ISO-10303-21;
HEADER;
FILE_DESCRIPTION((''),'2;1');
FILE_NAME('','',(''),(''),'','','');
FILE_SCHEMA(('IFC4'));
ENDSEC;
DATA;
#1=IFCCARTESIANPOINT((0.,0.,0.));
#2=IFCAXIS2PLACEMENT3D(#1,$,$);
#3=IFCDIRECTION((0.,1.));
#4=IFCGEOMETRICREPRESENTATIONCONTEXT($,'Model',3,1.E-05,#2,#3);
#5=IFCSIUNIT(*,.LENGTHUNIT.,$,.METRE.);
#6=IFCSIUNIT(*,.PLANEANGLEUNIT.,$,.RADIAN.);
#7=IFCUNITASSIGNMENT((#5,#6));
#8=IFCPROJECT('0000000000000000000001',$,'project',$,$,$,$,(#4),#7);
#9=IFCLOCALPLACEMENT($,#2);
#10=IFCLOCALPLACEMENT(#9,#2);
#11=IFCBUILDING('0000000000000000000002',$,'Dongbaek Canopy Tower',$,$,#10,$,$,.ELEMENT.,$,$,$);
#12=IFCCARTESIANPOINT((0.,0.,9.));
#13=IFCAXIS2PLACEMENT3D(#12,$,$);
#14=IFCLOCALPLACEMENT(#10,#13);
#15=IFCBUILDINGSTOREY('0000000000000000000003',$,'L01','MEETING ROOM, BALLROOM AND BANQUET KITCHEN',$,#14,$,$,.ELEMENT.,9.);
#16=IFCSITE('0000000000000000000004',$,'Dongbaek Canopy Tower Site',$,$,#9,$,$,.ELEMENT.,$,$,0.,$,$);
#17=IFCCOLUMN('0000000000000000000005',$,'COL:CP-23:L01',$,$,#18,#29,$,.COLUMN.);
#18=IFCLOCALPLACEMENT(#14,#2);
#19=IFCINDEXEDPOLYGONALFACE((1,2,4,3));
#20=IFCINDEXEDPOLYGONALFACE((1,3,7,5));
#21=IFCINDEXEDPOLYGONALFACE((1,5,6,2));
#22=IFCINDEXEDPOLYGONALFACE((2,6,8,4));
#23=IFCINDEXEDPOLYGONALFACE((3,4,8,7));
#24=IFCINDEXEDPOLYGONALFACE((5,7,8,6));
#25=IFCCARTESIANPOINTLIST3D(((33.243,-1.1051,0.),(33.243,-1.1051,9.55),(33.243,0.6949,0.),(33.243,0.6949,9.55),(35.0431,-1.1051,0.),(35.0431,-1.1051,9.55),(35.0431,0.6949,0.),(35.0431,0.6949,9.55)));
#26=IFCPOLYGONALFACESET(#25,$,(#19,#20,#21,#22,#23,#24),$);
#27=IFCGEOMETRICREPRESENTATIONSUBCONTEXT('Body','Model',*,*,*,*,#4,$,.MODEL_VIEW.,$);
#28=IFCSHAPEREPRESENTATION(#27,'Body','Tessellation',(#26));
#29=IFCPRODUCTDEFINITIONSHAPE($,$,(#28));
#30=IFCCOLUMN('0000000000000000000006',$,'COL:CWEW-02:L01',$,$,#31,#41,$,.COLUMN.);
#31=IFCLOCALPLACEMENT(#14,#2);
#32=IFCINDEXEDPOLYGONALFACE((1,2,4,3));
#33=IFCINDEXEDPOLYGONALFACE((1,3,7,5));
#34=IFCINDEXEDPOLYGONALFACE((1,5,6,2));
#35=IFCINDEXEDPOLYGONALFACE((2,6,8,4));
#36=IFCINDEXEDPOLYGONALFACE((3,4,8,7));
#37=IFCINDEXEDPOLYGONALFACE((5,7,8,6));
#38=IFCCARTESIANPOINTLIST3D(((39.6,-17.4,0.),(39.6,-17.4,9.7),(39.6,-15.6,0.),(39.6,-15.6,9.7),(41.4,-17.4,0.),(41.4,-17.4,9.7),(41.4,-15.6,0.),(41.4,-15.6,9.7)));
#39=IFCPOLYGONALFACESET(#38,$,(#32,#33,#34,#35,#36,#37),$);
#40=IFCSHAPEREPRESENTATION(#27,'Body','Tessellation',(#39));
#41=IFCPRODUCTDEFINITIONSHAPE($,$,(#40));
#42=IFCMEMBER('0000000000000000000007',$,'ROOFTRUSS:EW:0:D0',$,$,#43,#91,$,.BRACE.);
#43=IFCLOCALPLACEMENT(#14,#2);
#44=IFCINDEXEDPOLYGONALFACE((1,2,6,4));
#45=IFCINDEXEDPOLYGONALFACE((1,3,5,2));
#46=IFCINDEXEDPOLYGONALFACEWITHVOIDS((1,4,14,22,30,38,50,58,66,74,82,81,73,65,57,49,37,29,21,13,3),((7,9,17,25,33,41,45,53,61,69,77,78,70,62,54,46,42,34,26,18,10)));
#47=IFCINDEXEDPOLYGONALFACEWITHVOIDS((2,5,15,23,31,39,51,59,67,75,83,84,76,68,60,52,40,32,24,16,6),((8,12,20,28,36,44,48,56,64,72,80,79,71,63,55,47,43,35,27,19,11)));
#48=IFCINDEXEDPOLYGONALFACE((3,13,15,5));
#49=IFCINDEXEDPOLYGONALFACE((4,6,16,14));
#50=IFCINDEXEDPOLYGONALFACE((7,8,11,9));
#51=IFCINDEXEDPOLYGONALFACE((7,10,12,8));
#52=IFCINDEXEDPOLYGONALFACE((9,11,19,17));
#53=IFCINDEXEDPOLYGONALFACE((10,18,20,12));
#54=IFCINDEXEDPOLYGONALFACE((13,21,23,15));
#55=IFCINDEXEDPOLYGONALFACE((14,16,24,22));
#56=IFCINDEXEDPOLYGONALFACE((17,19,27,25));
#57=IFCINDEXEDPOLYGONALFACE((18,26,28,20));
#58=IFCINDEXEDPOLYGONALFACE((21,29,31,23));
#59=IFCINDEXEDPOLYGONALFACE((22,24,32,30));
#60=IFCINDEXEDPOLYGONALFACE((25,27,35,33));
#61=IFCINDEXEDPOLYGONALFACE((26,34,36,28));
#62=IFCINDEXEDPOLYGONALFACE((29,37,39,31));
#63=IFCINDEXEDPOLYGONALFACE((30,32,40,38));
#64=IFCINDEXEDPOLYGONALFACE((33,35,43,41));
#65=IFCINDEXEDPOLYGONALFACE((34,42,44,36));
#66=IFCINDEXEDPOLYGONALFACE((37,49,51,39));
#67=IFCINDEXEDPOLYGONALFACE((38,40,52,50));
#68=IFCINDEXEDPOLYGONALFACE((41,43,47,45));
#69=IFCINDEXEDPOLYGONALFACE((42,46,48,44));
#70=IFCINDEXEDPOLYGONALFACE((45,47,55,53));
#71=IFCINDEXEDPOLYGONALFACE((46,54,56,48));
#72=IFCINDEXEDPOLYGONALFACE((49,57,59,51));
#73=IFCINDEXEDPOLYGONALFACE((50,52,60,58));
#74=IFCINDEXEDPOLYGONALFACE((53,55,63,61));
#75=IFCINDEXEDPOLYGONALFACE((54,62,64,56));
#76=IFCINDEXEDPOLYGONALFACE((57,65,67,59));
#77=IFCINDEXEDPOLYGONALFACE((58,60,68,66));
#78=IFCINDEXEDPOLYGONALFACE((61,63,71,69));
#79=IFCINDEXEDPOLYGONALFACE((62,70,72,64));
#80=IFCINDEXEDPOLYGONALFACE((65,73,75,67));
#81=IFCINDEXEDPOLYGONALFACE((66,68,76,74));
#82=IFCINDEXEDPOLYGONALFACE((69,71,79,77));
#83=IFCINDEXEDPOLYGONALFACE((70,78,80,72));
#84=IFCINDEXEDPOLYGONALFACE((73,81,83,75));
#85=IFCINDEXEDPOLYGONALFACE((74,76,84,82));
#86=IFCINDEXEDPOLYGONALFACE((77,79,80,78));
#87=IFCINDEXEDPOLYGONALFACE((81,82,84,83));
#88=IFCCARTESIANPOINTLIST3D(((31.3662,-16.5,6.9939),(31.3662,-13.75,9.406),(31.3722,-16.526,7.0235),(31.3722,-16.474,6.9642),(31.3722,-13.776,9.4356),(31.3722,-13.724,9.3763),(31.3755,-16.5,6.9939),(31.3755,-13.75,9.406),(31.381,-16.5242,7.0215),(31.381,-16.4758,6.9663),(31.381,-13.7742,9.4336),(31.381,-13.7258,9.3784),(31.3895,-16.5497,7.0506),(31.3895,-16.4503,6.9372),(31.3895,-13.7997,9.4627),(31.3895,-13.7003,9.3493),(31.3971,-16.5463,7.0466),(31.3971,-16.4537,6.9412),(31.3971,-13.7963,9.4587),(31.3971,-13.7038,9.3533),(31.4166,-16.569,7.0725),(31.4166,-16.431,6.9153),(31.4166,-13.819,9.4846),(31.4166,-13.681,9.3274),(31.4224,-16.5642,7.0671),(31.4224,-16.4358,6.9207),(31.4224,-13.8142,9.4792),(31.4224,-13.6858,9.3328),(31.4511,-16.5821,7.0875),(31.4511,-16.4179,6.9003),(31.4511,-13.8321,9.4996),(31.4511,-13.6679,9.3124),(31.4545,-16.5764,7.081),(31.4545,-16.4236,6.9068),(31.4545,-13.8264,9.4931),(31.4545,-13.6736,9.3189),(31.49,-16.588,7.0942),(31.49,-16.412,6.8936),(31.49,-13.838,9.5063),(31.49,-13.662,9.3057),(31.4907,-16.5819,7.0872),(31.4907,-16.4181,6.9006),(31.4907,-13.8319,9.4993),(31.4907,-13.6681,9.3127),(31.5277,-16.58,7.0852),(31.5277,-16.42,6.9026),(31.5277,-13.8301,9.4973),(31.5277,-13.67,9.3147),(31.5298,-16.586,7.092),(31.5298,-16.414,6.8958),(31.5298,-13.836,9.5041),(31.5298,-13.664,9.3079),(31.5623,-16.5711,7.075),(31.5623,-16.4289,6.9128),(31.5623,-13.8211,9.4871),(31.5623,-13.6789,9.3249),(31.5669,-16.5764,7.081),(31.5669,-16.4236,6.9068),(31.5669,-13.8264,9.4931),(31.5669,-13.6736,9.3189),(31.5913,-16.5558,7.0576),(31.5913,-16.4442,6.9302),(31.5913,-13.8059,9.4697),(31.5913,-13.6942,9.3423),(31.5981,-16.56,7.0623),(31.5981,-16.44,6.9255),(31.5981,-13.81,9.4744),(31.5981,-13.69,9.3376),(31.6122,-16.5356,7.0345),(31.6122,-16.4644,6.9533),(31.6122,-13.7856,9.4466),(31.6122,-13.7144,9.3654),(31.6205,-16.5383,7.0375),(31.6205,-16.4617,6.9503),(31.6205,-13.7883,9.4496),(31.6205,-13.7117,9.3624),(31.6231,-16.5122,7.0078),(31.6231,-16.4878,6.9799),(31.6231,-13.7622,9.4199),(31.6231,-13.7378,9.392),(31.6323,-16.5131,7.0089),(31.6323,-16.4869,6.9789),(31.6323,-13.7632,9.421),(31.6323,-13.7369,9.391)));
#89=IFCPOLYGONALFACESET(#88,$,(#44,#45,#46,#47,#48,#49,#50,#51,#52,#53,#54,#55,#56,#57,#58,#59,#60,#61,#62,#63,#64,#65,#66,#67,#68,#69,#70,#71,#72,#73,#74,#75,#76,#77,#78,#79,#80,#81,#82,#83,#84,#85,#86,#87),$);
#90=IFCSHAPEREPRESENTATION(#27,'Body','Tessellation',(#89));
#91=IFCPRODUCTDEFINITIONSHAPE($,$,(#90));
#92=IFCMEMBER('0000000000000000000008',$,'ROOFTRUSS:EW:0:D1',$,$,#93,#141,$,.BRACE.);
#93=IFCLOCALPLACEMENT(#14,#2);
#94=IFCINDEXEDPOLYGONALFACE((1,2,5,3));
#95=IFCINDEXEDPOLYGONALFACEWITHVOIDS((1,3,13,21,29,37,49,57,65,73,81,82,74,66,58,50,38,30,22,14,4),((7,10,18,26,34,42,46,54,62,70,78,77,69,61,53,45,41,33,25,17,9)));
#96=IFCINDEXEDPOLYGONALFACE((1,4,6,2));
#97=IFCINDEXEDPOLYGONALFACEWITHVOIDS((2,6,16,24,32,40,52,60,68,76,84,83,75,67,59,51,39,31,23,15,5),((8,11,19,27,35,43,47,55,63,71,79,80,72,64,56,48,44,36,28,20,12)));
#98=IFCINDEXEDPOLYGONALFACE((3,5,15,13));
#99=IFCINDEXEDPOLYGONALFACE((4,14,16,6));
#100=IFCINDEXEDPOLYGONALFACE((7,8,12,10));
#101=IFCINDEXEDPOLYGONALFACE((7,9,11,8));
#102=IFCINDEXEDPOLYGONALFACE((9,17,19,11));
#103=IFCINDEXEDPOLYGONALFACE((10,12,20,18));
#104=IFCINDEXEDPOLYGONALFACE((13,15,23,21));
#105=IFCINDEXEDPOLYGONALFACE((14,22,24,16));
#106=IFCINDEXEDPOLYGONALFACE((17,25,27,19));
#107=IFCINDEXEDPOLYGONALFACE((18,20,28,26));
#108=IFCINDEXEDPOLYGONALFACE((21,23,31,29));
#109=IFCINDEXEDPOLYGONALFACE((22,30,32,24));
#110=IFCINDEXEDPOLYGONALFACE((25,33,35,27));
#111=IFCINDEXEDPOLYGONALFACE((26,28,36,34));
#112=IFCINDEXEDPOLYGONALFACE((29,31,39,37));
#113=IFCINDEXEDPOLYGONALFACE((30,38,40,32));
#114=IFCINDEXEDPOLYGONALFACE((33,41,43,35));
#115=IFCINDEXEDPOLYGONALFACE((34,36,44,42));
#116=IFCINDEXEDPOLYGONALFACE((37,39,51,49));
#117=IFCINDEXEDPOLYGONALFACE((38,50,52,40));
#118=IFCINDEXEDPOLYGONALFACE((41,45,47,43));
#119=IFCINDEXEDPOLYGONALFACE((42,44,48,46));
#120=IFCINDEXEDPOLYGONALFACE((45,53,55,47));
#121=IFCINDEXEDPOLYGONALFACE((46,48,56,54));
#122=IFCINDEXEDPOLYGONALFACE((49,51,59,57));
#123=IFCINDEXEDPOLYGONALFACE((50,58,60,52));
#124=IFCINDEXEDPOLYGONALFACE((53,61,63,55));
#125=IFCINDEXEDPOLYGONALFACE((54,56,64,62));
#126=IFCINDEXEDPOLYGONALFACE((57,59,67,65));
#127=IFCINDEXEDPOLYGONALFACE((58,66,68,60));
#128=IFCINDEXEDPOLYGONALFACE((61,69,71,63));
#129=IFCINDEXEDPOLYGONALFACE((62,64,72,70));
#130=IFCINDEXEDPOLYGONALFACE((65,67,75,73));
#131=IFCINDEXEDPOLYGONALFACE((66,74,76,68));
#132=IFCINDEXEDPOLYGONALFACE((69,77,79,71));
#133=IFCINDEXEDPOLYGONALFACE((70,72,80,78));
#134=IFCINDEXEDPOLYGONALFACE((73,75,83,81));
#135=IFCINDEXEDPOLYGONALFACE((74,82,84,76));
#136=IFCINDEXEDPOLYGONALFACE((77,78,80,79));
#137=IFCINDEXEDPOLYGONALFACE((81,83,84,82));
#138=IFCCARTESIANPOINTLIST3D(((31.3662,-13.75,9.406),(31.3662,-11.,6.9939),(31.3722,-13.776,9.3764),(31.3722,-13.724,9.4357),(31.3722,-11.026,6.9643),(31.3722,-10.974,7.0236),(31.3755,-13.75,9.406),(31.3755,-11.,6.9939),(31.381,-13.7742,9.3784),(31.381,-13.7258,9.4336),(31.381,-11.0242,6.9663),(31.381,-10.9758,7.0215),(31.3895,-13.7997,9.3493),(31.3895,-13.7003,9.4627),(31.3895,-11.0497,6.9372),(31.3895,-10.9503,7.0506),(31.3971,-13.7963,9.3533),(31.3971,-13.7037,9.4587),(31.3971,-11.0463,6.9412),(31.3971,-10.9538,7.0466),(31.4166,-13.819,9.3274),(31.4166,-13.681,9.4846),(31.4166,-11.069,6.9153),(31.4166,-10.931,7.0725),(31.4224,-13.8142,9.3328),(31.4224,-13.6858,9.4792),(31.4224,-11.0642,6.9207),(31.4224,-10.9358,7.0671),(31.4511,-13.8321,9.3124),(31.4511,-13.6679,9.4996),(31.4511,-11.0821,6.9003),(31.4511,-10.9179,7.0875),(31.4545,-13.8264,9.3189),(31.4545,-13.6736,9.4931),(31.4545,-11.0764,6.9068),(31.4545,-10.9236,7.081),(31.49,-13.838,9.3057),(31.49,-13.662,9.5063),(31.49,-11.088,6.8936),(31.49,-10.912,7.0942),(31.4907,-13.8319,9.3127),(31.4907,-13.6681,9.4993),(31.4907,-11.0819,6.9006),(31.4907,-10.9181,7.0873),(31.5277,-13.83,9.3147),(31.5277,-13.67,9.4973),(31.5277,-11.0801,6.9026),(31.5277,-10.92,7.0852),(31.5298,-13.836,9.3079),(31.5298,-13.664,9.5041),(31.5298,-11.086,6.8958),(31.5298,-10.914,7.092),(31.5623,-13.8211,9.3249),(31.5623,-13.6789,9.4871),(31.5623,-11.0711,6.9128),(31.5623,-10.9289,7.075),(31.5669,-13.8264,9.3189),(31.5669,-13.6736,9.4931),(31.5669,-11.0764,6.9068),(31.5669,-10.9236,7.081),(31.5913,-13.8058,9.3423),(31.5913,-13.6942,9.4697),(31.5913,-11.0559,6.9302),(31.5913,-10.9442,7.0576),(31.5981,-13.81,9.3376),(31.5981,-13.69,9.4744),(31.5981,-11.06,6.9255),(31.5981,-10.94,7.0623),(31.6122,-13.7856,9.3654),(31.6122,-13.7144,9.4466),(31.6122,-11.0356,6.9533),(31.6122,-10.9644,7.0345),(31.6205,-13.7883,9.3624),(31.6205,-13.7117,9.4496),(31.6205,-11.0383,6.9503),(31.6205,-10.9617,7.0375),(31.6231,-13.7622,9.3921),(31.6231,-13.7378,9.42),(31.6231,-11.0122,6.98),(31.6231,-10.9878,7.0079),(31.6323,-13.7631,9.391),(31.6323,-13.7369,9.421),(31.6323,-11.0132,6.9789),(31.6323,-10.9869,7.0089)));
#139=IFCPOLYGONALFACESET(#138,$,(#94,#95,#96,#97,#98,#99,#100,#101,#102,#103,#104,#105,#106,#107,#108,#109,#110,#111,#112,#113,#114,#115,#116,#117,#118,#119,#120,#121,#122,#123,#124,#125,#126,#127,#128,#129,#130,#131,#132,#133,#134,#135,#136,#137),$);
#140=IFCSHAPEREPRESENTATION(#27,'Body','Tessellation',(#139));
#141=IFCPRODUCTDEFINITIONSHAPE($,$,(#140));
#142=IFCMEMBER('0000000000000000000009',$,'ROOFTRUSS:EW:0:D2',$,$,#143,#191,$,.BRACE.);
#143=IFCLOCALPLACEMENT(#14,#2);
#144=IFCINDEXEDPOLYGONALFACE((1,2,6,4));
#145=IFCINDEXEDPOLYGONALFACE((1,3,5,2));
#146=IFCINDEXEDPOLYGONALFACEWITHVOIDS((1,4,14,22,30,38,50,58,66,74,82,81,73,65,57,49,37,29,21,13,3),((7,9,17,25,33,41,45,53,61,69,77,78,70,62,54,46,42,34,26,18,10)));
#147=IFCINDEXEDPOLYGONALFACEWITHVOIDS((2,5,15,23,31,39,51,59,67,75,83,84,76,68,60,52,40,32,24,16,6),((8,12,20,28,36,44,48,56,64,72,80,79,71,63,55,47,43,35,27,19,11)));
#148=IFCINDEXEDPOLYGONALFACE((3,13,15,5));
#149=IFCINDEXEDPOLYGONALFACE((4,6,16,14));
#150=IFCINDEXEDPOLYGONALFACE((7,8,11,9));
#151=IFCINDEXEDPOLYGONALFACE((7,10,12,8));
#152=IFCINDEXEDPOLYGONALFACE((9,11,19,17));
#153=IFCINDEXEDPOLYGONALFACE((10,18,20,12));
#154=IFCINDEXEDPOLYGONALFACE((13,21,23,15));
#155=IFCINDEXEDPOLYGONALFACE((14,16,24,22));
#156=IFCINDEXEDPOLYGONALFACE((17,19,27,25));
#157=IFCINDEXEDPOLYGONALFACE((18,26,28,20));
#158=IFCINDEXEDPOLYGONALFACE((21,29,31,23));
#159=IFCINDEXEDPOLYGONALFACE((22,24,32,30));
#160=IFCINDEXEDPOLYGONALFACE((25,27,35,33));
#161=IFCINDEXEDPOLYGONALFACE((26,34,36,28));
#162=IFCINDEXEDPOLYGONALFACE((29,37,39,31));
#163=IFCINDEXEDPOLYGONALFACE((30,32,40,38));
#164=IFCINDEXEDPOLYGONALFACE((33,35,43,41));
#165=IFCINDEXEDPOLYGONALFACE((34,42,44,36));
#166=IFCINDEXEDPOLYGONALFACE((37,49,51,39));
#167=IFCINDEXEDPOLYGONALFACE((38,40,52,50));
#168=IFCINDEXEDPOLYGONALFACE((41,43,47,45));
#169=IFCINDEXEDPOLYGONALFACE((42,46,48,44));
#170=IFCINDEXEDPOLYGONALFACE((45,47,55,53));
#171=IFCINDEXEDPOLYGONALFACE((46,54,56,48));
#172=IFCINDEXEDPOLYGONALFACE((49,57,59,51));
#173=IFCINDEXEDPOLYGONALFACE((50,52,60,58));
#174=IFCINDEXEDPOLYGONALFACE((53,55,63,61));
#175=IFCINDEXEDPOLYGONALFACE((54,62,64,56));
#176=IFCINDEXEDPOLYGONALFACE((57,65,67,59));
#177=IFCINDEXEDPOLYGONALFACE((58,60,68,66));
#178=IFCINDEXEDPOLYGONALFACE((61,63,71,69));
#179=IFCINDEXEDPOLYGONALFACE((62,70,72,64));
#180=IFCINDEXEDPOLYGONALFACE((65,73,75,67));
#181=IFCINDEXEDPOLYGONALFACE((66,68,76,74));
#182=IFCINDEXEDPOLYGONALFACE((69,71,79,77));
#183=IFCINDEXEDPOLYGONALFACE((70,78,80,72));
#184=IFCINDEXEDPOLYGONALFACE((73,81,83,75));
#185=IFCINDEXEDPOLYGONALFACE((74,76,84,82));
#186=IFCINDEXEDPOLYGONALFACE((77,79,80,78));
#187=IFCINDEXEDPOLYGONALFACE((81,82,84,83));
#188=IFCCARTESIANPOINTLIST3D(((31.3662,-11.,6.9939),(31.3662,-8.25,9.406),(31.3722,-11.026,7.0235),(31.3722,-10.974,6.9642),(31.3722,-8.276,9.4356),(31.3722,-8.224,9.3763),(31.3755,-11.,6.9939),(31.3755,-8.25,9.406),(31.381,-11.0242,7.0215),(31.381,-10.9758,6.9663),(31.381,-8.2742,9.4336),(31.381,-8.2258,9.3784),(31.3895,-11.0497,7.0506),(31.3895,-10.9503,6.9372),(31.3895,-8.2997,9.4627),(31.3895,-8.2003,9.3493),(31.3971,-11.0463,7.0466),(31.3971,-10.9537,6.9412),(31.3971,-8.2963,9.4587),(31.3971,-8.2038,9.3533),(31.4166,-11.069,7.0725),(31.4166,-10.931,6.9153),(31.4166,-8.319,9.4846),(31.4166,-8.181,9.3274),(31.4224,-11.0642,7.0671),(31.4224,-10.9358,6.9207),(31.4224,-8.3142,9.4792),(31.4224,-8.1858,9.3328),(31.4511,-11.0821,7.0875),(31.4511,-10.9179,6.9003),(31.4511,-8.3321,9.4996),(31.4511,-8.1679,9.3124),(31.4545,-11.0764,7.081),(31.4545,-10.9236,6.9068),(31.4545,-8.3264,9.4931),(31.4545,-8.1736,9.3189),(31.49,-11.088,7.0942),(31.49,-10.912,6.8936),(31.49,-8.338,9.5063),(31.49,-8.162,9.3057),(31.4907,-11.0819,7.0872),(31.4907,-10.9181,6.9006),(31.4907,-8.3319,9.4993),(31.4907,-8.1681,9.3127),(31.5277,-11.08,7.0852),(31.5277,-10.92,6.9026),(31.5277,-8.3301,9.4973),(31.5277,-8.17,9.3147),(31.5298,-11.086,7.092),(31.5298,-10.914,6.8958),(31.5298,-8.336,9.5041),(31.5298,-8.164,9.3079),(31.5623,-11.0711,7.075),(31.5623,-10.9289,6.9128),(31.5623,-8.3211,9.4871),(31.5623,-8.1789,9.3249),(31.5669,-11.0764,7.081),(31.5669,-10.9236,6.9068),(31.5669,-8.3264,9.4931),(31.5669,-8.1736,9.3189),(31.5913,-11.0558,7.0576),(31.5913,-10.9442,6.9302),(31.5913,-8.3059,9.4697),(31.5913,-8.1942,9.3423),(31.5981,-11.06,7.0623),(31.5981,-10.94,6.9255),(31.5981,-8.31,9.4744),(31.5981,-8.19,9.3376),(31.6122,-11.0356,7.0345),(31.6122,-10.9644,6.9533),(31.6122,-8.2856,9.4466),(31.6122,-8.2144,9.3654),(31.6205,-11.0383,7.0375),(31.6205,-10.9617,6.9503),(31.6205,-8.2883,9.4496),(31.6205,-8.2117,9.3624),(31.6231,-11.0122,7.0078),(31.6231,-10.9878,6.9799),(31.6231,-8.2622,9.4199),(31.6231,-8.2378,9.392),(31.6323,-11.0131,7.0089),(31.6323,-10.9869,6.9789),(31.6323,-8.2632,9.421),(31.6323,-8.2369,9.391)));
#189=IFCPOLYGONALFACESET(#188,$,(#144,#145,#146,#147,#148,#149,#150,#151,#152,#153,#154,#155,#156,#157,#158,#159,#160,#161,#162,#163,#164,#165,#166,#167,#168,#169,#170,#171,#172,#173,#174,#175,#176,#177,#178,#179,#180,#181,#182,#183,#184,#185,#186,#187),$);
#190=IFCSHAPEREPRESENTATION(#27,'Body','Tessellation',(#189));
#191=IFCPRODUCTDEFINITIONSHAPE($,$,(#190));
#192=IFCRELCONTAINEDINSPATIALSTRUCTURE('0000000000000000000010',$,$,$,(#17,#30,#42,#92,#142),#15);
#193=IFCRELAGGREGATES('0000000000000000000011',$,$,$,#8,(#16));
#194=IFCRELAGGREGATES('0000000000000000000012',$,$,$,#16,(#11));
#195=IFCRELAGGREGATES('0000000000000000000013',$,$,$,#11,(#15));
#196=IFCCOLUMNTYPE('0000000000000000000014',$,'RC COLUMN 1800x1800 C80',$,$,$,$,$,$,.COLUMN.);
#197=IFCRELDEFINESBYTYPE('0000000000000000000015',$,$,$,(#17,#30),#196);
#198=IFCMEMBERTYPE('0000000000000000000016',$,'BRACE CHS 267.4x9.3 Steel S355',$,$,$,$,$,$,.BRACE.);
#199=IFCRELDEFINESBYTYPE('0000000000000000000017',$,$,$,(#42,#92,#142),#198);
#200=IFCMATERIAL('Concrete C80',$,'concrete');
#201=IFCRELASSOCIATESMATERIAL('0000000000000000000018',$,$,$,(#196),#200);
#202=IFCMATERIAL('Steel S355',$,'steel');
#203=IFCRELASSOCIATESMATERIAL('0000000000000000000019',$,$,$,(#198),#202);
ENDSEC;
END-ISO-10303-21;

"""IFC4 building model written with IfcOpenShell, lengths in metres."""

from ifc_helpers import new_model, si_unit, direction, frame, origin, origin_2d, place, context, subcontext, project, spatial, rectangle, hollow_circle, extrude, material, material_profile, profile_set, type_object, element, save


model = new_model("IFC4")

# Units and contexts
model_context = context("Model", 3, precision=1e-05, world=origin(), true_north=direction((0.0, 1.0)))
body_context = subcontext(model_context, "Body", "Model", "MODEL_VIEW")
ifc_project = project(units=[si_unit("LENGTHUNIT", "METRE"), si_unit("PLANEANGLEUNIT", "RADIAN")], contexts=[model_context])

# Site, building, storey
site_placement = place(None, origin())
site = spatial("IfcSite", under=ifc_project, at=site_placement, Name="Dongbaek Canopy Tower Site", CompositionType="ELEMENT", RefElevation=0.0)
building_placement = place(site_placement, origin())
building = spatial("IfcBuilding", under=site, at=building_placement, Name="Dongbaek Canopy Tower", CompositionType="ELEMENT")
storey_placement = place(building_placement, frame((0.0, 0.0, 9.0)))
storey = spatial("IfcBuildingStorey", under=building, at=storey_placement, Name="L01", Description="MEETING ROOM, BALLROOM AND BANQUET KITCHEN", CompositionType="ELEMENT", Elevation=9.0)

# Columns
ifc_material_1 = material(Name="Concrete C80", Category="concrete")
ifc_material_profile_1 = material_profile(ifc_material_1, rectangle(XDim=1.8, YDim=1.8, at=origin_2d()), Name="RC COLUMN 1800x1800 C80")
ifc_profile_set_1 = profile_set([ifc_material_profile_1], Name="Concrete C80")
column_type = type_object("IfcColumnType", Name="RC COLUMN 1800x1800 C80", PredefinedType="COLUMN", material=ifc_profile_set_1)
column_1_placement = place(storey_placement, frame((34.1431, -0.2051, 0.0), z_axis=(0.0, 0.0, 1.0), x_axis=(1.0, 0.0, 0.0)))
element("IfcColumn", 1, at=column_1_placement, inside=storey, type_object=column_type, Name="COL:CP-23:L01", PredefinedType="COLUMN", context=body_context, shape_type="SweptSolid", body=[
    extrude(rectangle(XDim=1.8, YDim=1.8, at=origin_2d()), origin(), (0.0, 0.0, 1.0), 9.55),
])
column_2_placement = place(storey_placement, frame((40.5, -16.5, 0.0), z_axis=(0.0, 0.0, 1.0), x_axis=(1.0, 0.0, 0.0)))
element("IfcColumn", 2, at=column_2_placement, inside=storey, type_object=column_type, Name="COL:CWEW-02:L01", PredefinedType="COLUMN", context=body_context, shape_type="SweptSolid", body=[
    extrude(rectangle(XDim=1.8, YDim=1.8, at=origin_2d()), origin(), (0.0, 0.0, 1.0), 9.7),
])

# Members
ifc_material_2 = material(Name="Steel S355", Category="steel")
ifc_material_profile_2 = material_profile(ifc_material_2, hollow_circle(Radius=0.1338, WallThickness=0.0093, at=origin_2d()), Name="BRACE CHS 267.4x9.3 Steel S355")
ifc_profile_set_2 = profile_set([ifc_material_profile_2], Name="Steel S355")
member_type_1 = type_object("IfcMemberType", Name="BRACE CHS 267.4x9.3 Steel S355", PredefinedType="BRACE", material=ifc_profile_set_2)
for number, where, z_axis, x_axis, name in (
    (3, (31.5, -16.5, 6.9939), (0.0, 0.751782, 0.659411), (-1.0, 0.0, 0.0), "ROOFTRUSS:EW:0:D0"),
    (4, (31.5, -13.75, 9.406), (0.0, 0.751782, -0.659411), (-1.0, 0.0, 0.0), "ROOFTRUSS:EW:0:D1"),
    (5, (31.5, -11.0, 6.9939), (0.0, 0.751782, 0.659411), (-1.0, 0.0, 0.0), "ROOFTRUSS:EW:0:D2"),
):
    element("IfcMember", number, at=place(storey_placement, frame(where, z_axis=z_axis, x_axis=x_axis)), inside=storey, type_object=member_type_1, Name=name, PredefinedType="BRACE", context=body_context, shape_type="SweptSolid", body=[
        extrude(hollow_circle(Radius=0.1338, WallThickness=0.0093, at=origin_2d()), origin(), (0.0, 0.0, 1.0), 3.658),
    ])

save(model, "model.ifc")
